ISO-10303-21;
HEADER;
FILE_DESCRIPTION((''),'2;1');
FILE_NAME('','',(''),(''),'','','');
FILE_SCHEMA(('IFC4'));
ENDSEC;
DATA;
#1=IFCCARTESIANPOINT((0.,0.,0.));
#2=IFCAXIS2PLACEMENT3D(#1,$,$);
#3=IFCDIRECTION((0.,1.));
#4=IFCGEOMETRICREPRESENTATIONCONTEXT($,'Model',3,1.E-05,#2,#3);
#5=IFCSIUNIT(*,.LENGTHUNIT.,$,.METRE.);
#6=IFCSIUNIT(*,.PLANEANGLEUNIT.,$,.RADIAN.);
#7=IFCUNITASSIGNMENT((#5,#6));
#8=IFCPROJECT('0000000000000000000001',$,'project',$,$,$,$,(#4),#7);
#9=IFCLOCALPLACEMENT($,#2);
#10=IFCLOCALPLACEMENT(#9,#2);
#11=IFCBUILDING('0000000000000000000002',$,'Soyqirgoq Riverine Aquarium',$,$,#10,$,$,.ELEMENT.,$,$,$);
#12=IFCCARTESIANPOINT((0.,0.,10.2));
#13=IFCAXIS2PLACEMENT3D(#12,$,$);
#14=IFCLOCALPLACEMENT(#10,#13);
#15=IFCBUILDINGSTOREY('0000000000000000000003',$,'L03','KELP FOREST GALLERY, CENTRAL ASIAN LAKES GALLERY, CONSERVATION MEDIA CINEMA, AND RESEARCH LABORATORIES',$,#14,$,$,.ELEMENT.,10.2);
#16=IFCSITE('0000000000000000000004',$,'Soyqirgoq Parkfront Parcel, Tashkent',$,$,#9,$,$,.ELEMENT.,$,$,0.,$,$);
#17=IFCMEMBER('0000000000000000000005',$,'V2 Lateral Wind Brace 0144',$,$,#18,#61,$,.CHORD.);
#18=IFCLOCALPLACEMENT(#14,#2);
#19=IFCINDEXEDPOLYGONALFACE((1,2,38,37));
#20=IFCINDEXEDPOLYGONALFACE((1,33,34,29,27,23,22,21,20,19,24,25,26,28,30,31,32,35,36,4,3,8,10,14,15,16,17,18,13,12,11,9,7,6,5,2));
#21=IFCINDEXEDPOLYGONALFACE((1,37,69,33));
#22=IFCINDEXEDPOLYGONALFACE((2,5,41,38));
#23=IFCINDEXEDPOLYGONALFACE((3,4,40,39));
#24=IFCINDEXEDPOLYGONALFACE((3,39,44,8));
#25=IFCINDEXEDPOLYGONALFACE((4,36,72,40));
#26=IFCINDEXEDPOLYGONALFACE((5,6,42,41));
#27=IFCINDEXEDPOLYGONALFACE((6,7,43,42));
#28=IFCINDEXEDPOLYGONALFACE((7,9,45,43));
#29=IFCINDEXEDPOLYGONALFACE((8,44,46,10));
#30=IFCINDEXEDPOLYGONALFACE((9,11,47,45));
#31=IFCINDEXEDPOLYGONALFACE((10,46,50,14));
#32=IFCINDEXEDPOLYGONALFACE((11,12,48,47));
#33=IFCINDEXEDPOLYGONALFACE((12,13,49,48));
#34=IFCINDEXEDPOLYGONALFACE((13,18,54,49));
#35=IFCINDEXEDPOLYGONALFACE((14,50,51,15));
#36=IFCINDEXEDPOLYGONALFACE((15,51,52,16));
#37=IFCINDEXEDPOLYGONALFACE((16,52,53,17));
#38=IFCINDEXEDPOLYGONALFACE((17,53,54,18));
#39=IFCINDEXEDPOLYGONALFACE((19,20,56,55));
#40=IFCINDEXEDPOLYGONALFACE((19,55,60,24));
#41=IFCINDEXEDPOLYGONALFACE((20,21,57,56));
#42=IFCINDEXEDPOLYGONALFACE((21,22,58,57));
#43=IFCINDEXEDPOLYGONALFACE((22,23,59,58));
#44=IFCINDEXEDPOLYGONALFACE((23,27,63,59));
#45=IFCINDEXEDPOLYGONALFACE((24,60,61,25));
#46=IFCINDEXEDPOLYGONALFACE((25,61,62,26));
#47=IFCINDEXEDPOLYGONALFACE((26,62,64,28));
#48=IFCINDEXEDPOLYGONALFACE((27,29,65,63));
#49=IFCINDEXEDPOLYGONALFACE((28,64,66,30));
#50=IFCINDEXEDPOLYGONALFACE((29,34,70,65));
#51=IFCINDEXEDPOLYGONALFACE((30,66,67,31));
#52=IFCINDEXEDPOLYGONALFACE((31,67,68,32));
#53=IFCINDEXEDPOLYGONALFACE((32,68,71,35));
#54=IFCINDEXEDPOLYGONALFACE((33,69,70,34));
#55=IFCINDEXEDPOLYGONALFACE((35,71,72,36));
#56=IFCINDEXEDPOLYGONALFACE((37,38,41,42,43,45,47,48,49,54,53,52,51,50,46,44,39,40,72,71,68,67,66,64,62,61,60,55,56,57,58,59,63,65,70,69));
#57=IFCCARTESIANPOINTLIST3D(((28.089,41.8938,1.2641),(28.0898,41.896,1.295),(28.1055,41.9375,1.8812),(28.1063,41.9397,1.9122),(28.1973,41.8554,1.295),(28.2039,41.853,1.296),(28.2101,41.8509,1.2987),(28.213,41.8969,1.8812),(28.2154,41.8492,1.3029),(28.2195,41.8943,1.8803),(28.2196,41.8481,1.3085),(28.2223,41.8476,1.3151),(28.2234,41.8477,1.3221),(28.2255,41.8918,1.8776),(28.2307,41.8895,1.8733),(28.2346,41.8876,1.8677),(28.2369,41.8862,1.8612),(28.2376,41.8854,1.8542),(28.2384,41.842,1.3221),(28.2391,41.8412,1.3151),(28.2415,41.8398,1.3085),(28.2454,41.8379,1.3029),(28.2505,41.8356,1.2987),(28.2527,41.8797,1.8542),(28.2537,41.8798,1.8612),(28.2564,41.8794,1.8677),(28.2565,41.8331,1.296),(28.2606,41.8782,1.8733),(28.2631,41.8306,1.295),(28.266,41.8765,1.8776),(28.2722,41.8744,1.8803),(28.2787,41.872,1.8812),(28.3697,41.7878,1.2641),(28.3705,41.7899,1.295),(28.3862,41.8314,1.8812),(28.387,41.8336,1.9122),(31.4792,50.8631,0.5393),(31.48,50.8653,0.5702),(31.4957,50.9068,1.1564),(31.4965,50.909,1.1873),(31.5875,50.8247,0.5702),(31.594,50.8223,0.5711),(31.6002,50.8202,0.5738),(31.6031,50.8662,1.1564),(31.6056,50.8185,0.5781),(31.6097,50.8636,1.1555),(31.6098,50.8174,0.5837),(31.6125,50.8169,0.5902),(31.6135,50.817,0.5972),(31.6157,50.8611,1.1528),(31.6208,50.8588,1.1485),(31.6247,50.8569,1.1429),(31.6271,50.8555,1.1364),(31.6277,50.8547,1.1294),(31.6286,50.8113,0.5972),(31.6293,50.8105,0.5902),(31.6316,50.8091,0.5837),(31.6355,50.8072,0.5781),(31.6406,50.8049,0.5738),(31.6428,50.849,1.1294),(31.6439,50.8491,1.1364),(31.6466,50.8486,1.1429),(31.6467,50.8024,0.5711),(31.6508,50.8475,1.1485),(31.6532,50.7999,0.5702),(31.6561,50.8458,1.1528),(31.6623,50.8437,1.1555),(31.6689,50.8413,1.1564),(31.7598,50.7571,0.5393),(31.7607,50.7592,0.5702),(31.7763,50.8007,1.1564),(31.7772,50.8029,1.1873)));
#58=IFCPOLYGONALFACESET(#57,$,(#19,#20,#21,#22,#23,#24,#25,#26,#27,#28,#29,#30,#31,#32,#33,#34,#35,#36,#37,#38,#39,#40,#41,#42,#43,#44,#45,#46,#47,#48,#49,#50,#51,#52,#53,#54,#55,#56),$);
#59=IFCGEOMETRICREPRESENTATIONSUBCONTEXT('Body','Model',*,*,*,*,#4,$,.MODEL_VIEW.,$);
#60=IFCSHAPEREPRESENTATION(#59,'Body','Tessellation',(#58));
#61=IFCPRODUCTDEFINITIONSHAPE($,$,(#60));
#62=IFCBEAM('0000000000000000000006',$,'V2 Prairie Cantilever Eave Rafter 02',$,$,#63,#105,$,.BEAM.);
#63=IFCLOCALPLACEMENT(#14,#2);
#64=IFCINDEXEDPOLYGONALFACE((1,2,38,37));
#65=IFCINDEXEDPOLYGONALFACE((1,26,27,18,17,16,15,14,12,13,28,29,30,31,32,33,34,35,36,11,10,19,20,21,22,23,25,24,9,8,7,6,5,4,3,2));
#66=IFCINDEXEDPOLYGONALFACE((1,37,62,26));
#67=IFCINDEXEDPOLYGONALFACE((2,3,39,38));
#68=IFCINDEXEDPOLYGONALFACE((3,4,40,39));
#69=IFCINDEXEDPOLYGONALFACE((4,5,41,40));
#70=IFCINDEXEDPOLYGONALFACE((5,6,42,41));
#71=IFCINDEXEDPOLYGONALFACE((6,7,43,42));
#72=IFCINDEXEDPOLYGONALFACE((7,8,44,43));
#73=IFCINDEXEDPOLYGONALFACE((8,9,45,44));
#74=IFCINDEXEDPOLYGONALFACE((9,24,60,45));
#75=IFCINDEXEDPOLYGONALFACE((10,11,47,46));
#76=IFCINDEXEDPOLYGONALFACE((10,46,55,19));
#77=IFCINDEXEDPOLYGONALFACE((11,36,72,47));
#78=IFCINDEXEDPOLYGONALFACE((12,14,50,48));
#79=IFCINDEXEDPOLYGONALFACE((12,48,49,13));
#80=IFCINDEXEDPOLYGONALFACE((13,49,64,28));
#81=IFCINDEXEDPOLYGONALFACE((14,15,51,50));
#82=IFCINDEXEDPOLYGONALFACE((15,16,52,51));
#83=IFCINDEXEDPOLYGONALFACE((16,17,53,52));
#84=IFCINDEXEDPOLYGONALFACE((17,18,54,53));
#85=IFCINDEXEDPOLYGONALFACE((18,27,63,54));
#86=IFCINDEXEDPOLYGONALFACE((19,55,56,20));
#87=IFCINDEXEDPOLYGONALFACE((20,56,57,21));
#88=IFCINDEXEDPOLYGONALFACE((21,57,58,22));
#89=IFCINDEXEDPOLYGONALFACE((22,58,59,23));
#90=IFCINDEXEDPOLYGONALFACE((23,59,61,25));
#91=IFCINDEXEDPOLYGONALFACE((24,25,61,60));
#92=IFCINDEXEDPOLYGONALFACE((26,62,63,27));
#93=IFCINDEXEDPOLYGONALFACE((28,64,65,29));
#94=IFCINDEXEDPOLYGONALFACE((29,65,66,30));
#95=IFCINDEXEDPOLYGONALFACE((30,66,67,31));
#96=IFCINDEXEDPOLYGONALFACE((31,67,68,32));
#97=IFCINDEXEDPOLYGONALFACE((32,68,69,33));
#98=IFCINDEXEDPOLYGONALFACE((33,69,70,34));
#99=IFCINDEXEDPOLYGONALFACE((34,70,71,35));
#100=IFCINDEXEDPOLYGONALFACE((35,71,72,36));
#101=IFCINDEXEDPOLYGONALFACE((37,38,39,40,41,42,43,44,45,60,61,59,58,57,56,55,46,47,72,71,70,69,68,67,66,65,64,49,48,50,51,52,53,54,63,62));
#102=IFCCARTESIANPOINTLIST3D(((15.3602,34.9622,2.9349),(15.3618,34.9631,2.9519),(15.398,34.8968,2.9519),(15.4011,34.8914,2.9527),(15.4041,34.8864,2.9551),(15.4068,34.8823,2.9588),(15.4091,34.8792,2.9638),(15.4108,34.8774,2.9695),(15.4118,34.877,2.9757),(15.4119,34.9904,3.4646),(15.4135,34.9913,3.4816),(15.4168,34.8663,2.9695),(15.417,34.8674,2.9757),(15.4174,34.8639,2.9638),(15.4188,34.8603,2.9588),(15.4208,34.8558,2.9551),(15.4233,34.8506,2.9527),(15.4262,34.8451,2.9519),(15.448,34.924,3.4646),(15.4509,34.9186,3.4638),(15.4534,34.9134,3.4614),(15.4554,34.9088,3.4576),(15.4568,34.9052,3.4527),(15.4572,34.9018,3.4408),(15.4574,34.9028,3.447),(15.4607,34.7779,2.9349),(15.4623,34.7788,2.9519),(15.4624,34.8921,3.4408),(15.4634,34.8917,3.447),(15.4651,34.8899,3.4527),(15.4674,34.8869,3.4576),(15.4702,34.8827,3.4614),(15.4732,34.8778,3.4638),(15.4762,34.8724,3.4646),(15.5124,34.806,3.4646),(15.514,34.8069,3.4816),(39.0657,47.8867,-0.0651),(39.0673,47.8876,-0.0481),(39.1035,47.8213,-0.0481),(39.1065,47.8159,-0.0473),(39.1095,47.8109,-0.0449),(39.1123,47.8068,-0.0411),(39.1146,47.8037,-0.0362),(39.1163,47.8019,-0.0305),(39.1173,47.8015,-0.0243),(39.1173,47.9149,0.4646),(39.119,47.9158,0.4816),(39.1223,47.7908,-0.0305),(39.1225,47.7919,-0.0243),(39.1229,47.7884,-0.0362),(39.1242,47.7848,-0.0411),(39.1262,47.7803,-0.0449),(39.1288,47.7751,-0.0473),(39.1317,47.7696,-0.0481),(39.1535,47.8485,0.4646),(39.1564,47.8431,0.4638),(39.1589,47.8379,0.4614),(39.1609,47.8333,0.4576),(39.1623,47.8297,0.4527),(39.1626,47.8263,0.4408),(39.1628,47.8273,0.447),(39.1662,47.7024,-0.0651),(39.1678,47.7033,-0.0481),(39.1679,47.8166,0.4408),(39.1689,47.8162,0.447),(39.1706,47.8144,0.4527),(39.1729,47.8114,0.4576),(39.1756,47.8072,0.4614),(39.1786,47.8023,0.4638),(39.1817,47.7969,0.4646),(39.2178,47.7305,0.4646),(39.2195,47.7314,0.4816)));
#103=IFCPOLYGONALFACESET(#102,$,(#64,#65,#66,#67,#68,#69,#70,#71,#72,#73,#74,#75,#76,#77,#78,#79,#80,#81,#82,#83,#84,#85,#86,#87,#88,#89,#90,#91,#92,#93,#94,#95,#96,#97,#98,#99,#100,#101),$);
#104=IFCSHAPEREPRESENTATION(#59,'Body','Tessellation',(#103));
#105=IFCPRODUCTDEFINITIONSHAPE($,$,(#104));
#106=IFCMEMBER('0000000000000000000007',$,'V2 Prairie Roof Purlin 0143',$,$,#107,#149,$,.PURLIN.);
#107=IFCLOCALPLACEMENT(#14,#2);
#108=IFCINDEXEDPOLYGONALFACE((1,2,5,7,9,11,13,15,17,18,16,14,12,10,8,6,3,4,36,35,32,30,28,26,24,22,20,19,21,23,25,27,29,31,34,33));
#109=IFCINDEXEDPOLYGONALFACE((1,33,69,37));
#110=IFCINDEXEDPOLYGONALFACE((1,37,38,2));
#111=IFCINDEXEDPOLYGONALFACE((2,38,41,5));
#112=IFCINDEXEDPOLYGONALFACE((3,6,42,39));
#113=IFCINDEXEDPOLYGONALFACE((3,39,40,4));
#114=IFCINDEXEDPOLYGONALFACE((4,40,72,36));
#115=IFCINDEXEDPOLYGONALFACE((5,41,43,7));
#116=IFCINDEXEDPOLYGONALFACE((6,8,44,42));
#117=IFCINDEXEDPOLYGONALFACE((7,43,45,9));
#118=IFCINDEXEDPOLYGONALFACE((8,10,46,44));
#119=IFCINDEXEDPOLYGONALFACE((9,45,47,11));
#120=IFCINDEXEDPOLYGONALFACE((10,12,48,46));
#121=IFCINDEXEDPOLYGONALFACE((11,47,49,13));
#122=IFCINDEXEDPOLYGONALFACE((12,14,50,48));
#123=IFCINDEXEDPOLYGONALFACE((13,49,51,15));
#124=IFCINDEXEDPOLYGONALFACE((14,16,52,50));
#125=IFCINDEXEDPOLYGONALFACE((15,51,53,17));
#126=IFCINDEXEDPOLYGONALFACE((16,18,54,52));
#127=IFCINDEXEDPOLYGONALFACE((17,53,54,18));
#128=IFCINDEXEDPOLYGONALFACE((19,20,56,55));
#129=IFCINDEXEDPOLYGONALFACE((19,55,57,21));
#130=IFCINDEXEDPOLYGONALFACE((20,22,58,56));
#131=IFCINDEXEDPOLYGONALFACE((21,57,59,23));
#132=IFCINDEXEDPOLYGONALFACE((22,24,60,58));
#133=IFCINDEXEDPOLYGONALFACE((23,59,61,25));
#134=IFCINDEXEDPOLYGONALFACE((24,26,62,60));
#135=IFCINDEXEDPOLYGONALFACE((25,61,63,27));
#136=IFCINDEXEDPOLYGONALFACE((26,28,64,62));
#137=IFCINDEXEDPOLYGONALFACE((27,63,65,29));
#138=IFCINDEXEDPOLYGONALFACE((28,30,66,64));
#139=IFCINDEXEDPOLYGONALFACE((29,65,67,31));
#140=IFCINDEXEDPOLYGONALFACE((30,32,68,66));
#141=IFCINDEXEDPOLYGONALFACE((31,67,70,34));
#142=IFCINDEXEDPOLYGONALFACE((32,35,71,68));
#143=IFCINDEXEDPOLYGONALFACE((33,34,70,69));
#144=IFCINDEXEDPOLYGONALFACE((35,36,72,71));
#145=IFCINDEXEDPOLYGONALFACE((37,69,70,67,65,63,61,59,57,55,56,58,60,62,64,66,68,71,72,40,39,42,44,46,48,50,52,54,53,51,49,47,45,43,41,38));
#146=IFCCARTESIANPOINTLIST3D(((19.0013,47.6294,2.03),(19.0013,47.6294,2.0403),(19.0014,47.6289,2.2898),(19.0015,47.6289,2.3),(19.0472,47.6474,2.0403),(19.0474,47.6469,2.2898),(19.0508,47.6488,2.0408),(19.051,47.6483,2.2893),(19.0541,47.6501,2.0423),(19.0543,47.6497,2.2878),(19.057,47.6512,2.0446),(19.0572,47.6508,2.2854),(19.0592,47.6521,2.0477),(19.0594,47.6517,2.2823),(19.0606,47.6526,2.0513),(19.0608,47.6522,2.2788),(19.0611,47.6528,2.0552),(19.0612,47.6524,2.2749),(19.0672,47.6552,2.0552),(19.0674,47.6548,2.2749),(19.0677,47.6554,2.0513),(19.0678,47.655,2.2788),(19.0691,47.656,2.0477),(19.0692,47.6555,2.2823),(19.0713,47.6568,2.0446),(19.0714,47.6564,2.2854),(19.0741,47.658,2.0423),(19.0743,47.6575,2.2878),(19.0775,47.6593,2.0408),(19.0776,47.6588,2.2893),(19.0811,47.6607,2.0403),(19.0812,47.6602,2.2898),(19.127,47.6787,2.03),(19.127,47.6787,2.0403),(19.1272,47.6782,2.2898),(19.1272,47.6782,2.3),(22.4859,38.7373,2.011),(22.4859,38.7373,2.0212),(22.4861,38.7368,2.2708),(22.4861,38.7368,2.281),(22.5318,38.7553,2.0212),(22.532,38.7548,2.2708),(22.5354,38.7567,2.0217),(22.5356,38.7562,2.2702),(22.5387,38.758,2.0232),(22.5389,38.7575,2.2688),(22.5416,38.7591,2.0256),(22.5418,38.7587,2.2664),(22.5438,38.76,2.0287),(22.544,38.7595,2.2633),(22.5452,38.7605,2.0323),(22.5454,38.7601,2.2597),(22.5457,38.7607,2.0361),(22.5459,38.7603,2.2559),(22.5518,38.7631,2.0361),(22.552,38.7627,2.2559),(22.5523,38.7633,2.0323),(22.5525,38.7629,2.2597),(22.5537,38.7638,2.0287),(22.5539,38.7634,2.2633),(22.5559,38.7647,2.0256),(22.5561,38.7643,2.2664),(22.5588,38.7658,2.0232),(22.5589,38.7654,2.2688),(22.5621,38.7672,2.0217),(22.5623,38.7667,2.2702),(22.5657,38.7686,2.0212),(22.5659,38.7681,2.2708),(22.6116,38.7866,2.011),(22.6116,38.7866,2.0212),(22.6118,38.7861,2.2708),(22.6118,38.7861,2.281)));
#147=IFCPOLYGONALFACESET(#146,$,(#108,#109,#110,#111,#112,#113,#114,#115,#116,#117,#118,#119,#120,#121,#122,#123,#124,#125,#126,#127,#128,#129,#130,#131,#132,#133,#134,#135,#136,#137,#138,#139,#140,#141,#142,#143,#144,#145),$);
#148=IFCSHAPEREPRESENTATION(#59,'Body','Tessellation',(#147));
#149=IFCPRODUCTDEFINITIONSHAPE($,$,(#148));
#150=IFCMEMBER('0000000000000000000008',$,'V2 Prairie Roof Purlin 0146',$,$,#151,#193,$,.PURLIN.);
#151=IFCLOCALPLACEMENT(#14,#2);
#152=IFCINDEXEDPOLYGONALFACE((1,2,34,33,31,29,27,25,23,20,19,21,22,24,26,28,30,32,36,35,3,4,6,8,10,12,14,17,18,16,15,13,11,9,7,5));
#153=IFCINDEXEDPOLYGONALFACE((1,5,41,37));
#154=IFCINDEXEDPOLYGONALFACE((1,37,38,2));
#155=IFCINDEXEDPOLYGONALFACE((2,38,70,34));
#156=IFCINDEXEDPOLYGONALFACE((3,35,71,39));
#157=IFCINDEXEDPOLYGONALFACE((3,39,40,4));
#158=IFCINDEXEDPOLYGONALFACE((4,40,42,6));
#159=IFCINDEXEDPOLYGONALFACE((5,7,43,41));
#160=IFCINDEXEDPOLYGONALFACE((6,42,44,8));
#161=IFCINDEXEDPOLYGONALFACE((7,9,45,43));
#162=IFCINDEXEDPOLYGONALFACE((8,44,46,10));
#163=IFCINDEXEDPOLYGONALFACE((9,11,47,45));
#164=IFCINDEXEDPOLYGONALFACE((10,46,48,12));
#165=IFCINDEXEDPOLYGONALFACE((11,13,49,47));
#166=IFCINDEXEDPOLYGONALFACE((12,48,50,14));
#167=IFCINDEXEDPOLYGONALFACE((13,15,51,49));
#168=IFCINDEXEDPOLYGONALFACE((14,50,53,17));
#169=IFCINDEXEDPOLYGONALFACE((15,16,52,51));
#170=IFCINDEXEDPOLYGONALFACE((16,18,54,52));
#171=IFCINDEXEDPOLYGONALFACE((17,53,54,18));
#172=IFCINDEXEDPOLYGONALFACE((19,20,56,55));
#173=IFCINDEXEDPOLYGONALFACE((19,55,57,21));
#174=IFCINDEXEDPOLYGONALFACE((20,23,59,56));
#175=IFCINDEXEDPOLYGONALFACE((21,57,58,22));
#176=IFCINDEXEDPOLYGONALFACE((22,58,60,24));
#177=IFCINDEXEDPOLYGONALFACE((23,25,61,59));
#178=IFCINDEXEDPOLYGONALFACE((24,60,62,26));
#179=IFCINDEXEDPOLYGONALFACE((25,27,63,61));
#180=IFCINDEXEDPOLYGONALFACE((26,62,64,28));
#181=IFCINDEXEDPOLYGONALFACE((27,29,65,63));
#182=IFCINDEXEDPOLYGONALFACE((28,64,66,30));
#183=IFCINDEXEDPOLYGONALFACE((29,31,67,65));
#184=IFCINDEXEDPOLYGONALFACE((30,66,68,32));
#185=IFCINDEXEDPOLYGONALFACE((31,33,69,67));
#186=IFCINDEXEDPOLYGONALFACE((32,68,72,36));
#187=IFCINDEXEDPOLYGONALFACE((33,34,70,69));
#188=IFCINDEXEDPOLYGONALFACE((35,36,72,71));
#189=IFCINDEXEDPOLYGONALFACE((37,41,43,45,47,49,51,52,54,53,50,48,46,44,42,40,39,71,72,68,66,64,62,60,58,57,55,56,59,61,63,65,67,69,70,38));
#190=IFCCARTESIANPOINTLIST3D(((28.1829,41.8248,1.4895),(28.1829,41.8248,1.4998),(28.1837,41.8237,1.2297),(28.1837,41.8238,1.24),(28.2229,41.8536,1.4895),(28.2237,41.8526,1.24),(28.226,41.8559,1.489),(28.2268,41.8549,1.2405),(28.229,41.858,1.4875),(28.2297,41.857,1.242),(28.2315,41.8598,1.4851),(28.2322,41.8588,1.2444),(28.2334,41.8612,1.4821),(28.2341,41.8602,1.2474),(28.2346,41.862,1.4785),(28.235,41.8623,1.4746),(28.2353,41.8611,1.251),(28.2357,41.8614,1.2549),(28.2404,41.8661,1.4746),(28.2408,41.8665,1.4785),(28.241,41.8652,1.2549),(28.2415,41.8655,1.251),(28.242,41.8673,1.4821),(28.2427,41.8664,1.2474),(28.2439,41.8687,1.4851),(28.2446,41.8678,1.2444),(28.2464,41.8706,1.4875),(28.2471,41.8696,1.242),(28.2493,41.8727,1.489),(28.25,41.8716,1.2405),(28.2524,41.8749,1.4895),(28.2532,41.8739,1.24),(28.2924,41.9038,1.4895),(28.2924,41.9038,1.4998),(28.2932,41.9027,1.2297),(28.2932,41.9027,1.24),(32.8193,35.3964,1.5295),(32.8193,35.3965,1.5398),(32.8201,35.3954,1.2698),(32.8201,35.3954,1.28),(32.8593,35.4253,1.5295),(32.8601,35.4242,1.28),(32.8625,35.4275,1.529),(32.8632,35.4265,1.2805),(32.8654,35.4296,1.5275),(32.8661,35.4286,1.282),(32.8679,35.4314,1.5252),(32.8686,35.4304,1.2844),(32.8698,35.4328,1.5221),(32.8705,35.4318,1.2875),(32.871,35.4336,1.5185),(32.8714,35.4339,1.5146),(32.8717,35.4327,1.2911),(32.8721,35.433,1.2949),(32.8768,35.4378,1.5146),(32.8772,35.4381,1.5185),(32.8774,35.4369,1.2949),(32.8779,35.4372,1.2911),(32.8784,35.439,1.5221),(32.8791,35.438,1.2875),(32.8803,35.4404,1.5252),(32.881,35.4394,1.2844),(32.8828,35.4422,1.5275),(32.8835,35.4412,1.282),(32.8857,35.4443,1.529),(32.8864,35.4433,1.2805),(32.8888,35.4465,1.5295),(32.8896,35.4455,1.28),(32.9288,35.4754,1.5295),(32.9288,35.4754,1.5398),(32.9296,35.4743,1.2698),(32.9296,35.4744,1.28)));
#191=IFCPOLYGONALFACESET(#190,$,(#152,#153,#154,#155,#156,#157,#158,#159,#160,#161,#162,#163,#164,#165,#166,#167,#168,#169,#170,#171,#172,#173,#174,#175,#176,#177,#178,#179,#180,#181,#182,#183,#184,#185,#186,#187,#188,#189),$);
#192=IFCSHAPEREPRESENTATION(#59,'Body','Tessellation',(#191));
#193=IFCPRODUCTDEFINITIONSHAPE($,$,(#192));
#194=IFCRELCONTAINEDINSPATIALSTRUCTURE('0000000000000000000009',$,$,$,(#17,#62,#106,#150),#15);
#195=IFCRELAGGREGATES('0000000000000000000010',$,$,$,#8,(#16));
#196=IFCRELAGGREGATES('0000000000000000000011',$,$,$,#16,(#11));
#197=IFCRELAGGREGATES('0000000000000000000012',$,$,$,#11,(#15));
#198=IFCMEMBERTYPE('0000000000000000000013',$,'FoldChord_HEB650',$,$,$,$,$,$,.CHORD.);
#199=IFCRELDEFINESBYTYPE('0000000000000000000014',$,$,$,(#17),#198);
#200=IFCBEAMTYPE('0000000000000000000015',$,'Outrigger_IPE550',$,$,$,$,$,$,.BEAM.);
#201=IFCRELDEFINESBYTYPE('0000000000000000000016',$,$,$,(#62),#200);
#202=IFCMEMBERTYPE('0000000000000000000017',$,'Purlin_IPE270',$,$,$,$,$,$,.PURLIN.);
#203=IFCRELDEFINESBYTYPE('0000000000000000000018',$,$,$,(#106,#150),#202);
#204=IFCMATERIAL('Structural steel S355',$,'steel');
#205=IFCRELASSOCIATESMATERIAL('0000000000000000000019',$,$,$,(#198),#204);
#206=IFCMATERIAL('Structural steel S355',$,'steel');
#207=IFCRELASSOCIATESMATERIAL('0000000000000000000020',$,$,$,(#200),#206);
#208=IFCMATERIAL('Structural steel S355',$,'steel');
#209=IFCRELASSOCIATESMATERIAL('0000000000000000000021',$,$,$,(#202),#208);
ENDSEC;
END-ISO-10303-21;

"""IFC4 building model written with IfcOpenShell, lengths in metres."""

from ifc_helpers import new_model, si_unit, direction, frame, origin, origin_2d, place, context, subcontext, project, spatial, i_section, extrude, material, material_profile, profile_set, type_object, element, save


model = new_model("IFC4")

# Units and contexts
model_context = context("Model", 3, precision=1e-05, world=origin(), true_north=direction((0.0, 1.0)))
body_context = subcontext(model_context, "Body", "Model", "MODEL_VIEW")
ifc_project = project(units=[si_unit("LENGTHUNIT", "METRE"), si_unit("PLANEANGLEUNIT", "RADIAN")], contexts=[model_context])

# Site, building, storey
site_placement = place(None, origin())
site = spatial("IfcSite", under=ifc_project, at=site_placement, Name="Soyqirgoq Parkfront Parcel, Tashkent", CompositionType="ELEMENT", RefElevation=0.0)
building_placement = place(site_placement, origin())
building = spatial("IfcBuilding", under=site, at=building_placement, Name="Soyqirgoq Riverine Aquarium", CompositionType="ELEMENT")
storey_placement = place(building_placement, frame((0.0, 0.0, 10.2)))
storey = spatial("IfcBuildingStorey", under=building, at=storey_placement, Name="L03", Description="KELP FOREST GALLERY, CENTRAL ASIAN LAKES GALLERY, CONSERVATION MEDIA CINEMA, AND RESEARCH LABORATORIES", CompositionType="ELEMENT", Elevation=10.2)

# Member
ifc_material_1 = material(Name="Structural steel S355", Category="steel")
ifc_material_profile_1 = material_profile(ifc_material_1, i_section(OverallWidth=0.3, OverallDepth=0.6499, WebThickness=0.0161, FlangeThickness=0.031, FilletRadius=0.0271, at=origin_2d()), Name="HEB 650")
ifc_profile_set_1 = profile_set([ifc_material_profile_1], Name="Structural steel S355")
member_type_1 = type_object("IfcMemberType", Name="FoldChord_HEB650", PredefinedType="CHORD", material=ifc_profile_set_1)
member_1_placement = place(storey_placement, frame((31.6282, 50.833, 0.8633), z_axis=(-0.352555, -0.93275, 0.075381), x_axis=(0.935411, -0.353561, 0.0)))
element("IfcMember", 1, at=member_1_placement, inside=storey, type_object=member_type_1, Name="V2 Lateral Wind Brace 0144", PredefinedType="CHORD", context=body_context, shape_type="SweptSolid", body=[
    extrude(i_section(OverallWidth=0.3, OverallDepth=0.6499, WebThickness=0.0161, FlangeThickness=0.031, FilletRadius=0.0271, at=origin_2d()), origin(), (0.0, 0.0, 1.0), 9.616),
])

# Beam
ifc_material_2 = material(Name="Structural steel S355", Category="steel")
ifc_material_profile_2 = material_profile(ifc_material_2, i_section(OverallWidth=0.21, OverallDepth=0.55, WebThickness=0.011, FlangeThickness=0.0171, FilletRadius=0.0239, at=origin_2d()), Name="IPE 550")
ifc_profile_set_2 = profile_set([ifc_material_profile_2], Name="Structural steel S355")
beam_type_1 = type_object("IfcBeamType", Name="Outrigger_IPE550", PredefinedType="BEAM", material=ifc_profile_set_2)
beam_1_placement = place(storey_placement, frame((39.1426, 47.8091, 0.2083), z_axis=(-0.872615, -0.47576, 0.110432), x_axis=(0.478688, -0.877985, 0.0)))
element("IfcBeam", 2, at=beam_1_placement, inside=storey, type_object=beam_type_1, Name="V2 Prairie Cantilever Eave Rafter 02", PredefinedType="BEAM", context=body_context, shape_type="SweptSolid", body=[
    extrude(i_section(OverallWidth=0.21, OverallDepth=0.55, WebThickness=0.011, FlangeThickness=0.0171, FilletRadius=0.0239, at=origin_2d()), origin(), (0.0, 0.0, 1.0), 27.166),
])

# Members
ifc_material_3 = material(Name="Structural steel S355", Category="steel")
ifc_material_profile_3 = material_profile(ifc_material_3, i_section(OverallWidth=0.135, OverallDepth=0.27, WebThickness=0.0066, FlangeThickness=0.0103, FilletRadius=0.0149, at=origin_2d()), Name="IPE 270")
ifc_profile_set_3 = profile_set([ifc_material_profile_3], Name="Structural steel S355")
member_type_2 = type_object("IfcMemberType", Name="Purlin_IPE270", PredefinedType="PURLIN", material=ifc_profile_set_3)
member_2_placement = place(storey_placement, frame((19.0642, 47.6538, 2.165), z_axis=(0.364862, -0.931059, -0.001994), x_axis=(0.931061, 0.364863, 0.0)))
element("IfcMember", 3, at=member_2_placement, inside=storey, type_object=member_type_2, Name="V2 Prairie Roof Purlin 0143", PredefinedType="PURLIN", context=body_context, shape_type="SweptSolid", body=[
    extrude(i_section(OverallWidth=0.135, OverallDepth=0.27, WebThickness=0.0066, FlangeThickness=0.0103, FilletRadius=0.0149, at=origin_2d()), origin(), (0.0, 0.0, 1.0), 9.5505),
])
member_3_placement = place(storey_placement, frame((28.238, 41.8638, 1.3647), z_axis=(0.58496, -0.811046, 0.005052), x_axis=(0.811057, 0.584967, 0.0)))
element("IfcMember", 4, at=member_3_placement, inside=storey, type_object=member_type_2, Name="V2 Prairie Roof Purlin 0146", PredefinedType="PURLIN", context=body_context, shape_type="SweptSolid", body=[
    extrude(i_section(OverallWidth=0.135, OverallDepth=0.27, WebThickness=0.0066, FlangeThickness=0.0103, FilletRadius=0.0149, at=origin_2d()), origin(), (0.0, 0.0, 1.0), 7.926),
])

save(model, "model.ifc")
